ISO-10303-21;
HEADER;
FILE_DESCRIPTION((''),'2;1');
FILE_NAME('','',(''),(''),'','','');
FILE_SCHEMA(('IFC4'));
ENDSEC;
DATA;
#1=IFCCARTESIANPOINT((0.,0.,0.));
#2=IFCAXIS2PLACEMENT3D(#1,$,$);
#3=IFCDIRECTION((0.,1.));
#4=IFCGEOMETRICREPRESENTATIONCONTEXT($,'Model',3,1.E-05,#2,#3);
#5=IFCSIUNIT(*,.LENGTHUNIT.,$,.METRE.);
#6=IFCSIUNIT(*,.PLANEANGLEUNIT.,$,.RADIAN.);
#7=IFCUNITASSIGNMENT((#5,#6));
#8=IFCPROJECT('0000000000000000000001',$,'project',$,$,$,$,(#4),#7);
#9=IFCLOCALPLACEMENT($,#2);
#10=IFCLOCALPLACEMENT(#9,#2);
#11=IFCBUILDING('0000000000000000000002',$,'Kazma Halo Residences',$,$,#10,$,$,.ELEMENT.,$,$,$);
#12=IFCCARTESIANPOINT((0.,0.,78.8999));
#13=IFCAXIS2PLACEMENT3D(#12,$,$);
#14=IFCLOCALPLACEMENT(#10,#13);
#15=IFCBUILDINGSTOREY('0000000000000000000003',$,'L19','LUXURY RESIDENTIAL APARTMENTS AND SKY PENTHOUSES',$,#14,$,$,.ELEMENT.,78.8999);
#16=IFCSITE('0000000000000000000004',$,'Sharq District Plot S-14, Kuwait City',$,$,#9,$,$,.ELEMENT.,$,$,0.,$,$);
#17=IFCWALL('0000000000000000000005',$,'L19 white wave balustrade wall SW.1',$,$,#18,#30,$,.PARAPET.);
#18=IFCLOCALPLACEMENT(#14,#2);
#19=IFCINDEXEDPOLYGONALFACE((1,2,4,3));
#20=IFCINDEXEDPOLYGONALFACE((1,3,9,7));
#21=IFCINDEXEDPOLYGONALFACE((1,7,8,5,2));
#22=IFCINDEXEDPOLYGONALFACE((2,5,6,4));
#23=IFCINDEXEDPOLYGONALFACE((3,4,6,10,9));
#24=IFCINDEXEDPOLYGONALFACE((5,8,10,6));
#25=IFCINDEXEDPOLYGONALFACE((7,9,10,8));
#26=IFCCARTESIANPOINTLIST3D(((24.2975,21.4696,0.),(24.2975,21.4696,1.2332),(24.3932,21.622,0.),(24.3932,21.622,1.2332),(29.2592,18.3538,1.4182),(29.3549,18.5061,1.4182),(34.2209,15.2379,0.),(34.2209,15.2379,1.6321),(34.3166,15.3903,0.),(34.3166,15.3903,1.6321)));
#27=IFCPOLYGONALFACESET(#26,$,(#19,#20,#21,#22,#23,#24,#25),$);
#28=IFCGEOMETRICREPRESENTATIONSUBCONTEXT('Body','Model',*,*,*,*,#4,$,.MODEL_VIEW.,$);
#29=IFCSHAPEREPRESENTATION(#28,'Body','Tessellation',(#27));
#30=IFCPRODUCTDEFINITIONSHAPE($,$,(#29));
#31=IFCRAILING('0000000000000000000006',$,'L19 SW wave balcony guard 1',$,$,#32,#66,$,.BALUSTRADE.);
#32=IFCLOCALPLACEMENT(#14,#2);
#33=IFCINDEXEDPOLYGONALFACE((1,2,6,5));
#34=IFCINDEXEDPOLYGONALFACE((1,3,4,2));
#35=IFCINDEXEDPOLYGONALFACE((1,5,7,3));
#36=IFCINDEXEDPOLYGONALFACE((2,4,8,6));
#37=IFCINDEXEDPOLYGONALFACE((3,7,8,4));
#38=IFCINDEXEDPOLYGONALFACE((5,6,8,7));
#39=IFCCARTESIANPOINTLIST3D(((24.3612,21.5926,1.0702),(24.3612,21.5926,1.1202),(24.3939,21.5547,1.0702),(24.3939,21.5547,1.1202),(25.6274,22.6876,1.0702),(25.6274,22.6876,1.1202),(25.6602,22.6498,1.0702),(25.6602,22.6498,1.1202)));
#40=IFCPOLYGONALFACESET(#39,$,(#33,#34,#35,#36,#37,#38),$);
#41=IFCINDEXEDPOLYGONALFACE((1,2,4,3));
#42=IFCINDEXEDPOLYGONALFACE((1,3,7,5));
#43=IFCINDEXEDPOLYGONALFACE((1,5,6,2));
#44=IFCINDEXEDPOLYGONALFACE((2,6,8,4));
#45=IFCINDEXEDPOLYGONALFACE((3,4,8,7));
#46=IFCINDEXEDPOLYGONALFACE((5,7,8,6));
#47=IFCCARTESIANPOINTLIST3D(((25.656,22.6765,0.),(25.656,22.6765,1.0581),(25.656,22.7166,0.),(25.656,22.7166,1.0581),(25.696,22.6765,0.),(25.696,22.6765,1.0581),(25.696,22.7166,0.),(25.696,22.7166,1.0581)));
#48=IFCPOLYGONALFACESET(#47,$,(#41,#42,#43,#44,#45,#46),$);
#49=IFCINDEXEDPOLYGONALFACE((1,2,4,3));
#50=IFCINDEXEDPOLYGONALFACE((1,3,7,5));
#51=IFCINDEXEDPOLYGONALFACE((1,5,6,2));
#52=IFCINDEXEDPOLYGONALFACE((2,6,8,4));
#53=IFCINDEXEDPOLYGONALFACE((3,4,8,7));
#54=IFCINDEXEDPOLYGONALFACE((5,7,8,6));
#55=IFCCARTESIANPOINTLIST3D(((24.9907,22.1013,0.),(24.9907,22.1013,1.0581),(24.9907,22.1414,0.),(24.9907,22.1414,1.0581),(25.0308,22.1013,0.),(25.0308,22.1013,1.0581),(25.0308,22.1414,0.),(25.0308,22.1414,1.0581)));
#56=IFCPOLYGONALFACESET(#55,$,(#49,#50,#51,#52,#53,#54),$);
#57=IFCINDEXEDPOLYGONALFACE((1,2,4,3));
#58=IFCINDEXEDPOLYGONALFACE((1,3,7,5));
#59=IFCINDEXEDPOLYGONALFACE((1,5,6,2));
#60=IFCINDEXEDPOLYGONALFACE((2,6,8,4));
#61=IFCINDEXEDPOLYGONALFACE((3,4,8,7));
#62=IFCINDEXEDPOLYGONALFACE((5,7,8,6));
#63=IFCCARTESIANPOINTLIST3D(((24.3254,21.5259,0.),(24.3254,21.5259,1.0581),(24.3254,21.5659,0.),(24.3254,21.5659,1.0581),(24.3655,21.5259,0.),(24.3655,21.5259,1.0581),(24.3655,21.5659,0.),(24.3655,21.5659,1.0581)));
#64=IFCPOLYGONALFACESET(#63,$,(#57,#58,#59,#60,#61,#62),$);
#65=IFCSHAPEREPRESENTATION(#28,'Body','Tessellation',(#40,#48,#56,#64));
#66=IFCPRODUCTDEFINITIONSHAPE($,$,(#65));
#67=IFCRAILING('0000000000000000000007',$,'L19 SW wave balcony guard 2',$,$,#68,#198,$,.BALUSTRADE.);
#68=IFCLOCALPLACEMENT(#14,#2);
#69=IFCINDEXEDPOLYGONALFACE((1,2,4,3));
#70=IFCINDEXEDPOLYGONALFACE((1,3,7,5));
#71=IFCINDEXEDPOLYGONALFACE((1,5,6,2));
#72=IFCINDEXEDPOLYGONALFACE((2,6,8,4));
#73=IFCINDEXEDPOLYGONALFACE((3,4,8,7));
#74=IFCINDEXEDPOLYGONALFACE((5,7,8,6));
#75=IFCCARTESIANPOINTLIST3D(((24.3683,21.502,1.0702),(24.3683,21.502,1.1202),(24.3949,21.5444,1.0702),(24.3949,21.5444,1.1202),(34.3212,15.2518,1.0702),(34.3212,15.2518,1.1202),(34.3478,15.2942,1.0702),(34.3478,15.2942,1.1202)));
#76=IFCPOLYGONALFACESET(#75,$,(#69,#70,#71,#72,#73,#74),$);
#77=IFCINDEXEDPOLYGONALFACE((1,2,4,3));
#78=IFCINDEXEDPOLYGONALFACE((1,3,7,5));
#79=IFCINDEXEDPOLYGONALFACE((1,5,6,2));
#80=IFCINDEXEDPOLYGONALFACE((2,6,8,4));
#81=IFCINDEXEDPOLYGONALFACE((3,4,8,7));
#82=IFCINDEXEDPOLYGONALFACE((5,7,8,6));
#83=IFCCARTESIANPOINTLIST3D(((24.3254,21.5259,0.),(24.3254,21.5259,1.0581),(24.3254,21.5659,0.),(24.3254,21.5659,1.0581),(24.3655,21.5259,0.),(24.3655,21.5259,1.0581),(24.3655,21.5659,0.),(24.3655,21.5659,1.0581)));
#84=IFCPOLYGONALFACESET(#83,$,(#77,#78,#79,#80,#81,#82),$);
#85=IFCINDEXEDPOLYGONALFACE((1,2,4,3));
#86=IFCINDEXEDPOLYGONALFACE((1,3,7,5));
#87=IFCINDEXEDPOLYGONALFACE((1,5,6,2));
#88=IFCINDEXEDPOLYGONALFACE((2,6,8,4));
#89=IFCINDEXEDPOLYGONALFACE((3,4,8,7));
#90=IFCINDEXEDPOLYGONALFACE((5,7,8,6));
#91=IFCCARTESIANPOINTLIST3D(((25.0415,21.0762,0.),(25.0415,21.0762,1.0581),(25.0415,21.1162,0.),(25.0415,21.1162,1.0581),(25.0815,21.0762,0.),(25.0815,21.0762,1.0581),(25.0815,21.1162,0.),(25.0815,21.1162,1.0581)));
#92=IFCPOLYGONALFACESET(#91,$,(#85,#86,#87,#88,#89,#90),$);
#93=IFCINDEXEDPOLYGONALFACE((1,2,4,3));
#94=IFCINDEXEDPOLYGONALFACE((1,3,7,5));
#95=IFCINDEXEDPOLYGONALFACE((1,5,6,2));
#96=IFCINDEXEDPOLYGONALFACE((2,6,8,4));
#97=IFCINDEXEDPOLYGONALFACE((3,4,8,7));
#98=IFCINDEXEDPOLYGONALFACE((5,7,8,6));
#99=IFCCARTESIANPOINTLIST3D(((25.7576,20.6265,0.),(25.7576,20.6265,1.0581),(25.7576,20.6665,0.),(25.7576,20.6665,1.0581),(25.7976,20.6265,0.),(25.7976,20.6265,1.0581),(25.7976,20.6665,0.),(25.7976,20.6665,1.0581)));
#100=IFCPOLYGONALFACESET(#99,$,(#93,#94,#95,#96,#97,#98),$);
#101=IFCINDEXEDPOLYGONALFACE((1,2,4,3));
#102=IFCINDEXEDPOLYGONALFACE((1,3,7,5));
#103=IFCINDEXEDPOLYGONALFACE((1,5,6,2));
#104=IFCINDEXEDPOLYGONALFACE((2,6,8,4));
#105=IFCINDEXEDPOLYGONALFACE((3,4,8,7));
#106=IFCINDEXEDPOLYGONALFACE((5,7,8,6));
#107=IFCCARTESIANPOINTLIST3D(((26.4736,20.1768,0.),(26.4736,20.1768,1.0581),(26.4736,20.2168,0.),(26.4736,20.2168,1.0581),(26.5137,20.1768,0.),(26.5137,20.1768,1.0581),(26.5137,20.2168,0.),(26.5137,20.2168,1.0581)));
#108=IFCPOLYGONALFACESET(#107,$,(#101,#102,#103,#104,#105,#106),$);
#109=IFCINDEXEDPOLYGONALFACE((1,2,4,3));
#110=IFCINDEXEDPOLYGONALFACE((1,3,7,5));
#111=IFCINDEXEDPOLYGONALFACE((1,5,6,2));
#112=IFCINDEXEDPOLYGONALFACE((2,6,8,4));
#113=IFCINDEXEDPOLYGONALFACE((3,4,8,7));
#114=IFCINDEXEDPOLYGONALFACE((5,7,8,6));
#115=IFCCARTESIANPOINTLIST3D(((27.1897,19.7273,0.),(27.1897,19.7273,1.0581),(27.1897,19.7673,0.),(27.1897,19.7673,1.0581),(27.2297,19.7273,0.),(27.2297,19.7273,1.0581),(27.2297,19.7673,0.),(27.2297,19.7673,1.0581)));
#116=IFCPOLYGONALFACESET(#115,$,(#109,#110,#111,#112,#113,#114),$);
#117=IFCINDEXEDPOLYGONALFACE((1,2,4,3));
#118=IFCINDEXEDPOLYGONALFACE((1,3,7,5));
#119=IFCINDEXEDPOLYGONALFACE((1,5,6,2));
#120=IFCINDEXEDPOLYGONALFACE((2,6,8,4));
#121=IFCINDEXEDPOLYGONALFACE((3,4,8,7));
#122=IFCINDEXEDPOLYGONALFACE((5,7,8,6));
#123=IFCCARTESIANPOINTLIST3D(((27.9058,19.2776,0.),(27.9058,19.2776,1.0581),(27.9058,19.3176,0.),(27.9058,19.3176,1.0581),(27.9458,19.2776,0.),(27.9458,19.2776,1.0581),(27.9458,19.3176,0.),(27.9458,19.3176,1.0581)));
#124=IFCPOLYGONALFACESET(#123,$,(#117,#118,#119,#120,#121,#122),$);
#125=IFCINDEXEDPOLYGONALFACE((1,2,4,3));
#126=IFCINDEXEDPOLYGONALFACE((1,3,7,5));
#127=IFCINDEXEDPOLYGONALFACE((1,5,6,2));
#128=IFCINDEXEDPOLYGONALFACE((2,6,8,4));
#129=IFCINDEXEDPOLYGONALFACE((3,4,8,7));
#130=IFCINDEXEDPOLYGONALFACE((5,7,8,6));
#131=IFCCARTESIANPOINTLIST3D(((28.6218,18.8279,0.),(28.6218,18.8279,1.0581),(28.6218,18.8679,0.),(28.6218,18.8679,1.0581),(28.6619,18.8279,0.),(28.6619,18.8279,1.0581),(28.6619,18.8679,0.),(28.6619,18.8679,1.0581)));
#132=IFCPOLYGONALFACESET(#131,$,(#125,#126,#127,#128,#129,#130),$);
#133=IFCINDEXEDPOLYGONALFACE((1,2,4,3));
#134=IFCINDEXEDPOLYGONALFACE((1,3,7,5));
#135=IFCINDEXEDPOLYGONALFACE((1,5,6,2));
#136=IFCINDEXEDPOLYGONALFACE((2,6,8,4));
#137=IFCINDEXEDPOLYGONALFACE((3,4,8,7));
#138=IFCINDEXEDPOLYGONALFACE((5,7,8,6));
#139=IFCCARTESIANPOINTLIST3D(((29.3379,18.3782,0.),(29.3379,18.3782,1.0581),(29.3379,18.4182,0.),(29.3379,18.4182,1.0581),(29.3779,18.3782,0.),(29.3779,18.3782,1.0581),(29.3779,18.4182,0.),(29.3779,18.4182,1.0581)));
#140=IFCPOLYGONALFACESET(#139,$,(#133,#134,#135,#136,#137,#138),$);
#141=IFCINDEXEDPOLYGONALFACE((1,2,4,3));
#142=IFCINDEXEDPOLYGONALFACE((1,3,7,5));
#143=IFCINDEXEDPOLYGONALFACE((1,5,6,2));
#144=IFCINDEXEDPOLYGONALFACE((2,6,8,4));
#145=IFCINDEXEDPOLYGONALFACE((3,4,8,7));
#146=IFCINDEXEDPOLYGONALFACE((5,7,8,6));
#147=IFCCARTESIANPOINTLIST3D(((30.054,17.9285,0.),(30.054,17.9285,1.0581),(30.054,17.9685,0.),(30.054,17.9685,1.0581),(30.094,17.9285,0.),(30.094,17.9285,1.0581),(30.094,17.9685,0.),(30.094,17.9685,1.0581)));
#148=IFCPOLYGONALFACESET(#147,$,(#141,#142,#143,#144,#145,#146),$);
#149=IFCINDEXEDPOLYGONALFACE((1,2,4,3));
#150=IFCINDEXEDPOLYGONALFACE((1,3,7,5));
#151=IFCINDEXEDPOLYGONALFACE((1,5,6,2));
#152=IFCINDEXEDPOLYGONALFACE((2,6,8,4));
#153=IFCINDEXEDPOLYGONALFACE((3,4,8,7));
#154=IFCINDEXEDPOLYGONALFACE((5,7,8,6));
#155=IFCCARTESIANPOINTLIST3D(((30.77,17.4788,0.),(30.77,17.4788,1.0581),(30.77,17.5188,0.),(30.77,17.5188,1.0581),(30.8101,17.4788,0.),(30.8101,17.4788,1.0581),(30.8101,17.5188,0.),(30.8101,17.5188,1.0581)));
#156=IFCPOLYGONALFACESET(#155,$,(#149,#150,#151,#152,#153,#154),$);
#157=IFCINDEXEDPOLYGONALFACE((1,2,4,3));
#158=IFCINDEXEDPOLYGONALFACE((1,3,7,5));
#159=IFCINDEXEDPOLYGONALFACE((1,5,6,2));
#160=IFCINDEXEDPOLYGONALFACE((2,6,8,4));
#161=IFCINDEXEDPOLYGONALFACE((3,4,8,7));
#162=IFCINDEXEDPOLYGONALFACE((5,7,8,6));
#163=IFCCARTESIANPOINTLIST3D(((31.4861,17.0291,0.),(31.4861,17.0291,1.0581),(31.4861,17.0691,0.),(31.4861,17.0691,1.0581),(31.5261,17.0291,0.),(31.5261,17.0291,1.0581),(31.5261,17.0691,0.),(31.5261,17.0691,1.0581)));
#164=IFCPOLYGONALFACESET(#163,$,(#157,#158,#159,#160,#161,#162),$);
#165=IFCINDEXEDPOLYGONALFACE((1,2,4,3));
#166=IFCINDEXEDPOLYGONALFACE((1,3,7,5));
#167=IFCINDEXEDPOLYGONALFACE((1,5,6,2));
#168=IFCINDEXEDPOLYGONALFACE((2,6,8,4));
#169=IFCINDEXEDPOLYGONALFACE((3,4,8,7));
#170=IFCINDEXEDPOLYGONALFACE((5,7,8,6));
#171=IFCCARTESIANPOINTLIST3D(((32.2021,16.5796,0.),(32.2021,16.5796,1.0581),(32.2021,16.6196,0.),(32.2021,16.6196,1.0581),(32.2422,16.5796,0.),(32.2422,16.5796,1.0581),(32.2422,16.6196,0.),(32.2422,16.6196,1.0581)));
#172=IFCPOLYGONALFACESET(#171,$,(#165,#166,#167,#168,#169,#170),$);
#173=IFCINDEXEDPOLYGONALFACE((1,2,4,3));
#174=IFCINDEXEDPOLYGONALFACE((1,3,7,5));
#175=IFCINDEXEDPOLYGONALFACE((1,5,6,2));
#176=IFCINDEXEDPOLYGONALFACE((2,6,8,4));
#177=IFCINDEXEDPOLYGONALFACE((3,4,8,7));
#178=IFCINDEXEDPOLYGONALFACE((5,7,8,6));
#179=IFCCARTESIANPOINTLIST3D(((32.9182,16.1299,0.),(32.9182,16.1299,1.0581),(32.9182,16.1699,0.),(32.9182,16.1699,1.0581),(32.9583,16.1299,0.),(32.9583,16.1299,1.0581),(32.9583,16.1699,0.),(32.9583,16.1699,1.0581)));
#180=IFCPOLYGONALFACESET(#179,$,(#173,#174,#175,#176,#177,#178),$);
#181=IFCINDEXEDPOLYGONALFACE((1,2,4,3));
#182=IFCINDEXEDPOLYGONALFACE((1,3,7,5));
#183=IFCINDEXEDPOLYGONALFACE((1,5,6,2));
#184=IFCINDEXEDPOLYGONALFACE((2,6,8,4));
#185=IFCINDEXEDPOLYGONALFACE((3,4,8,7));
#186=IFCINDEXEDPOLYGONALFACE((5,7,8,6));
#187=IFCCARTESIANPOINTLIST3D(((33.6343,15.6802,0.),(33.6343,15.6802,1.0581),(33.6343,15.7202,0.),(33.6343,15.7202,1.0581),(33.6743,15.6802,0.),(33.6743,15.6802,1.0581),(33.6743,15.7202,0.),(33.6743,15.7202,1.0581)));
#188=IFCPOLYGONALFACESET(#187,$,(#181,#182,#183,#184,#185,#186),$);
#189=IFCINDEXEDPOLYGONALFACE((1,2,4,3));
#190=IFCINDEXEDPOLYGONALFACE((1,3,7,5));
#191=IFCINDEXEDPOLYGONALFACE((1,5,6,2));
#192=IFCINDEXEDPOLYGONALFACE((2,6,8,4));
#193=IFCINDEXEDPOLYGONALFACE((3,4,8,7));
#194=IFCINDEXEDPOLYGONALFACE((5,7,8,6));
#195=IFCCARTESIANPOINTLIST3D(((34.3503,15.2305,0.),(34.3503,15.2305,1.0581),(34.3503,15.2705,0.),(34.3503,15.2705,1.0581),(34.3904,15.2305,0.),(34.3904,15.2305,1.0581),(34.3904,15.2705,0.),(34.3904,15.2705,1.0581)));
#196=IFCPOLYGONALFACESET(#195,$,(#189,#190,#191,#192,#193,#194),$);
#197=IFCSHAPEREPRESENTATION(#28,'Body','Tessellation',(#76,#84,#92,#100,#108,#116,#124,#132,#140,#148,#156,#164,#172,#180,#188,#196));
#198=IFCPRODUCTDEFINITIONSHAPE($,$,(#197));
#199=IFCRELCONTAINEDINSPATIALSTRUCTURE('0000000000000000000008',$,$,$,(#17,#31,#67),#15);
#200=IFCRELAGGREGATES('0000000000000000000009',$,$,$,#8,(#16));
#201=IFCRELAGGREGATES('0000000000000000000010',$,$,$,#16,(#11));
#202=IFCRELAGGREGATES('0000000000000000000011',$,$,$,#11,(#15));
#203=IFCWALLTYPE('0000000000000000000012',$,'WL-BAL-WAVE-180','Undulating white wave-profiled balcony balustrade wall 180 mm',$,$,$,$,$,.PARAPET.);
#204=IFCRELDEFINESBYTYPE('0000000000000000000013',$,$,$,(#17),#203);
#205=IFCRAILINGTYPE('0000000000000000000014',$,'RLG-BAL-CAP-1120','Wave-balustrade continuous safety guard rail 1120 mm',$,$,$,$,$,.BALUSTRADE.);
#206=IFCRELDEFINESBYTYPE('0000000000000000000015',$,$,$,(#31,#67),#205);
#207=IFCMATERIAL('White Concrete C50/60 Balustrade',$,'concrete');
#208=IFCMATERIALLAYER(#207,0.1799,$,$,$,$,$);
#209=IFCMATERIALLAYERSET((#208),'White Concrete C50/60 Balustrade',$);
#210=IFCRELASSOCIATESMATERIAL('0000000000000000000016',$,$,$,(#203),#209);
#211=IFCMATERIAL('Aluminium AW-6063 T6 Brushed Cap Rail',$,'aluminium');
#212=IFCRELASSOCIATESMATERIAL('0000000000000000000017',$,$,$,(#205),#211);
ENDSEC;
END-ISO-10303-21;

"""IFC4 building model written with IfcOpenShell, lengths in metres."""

from ifc_helpers import new_model, si_unit, direction, frame, origin, origin_2d, place, context, subcontext, project, spatial, polyline, rectangle, outline, extrude, material, layer, layer_set, type_object, element, save


model = new_model("IFC4")

# Units and contexts
model_context = context("Model", 3, precision=1e-05, world=origin(), true_north=direction((0.0, 1.0)))
body_context = subcontext(model_context, "Body", "Model", "MODEL_VIEW")
ifc_project = project(units=[si_unit("LENGTHUNIT", "METRE"), si_unit("PLANEANGLEUNIT", "RADIAN")], contexts=[model_context])

# Site, building, storey
site_placement = place(None, origin())
site = spatial("IfcSite", under=ifc_project, at=site_placement, Name="Sharq District Plot S-14, Kuwait City", CompositionType="ELEMENT", RefElevation=0.0)
building_placement = place(site_placement, origin())
building = spatial("IfcBuilding", under=site, at=building_placement, Name="Kazma Halo Residences", CompositionType="ELEMENT")
storey_placement = place(building_placement, frame((0.0, 0.0, 78.8999)))
storey = spatial("IfcBuildingStorey", under=building, at=storey_placement, Name="L19", Description="LUXURY RESIDENTIAL APARTMENTS AND SKY PENTHOUSES", CompositionType="ELEMENT", Elevation=78.8999)

# Wall
ifc_material_1 = material(Name="White Concrete C50/60 Balustrade", Category="concrete")
ifc_layer_1 = layer(ifc_material_1, 0.1799)
ifc_layer_set_1 = layer_set([ifc_layer_1], Name="White Concrete C50/60 Balustrade")
wall_type_1 = type_object("IfcWallType", Name="WL-BAL-WAVE-180", Description="Undulating white wave-profiled balcony balustrade wall 180 mm", PredefinedType="PARAPET", material=ifc_layer_set_1)
wall_1_placement = place(storey_placement, frame((24.3455, 21.5459, 0.0), z_axis=(0.0, 0.0, 1.0), x_axis=(0.846861, -0.531814, 0.0)))
element("IfcWall", 1, at=wall_1_placement, inside=storey, type_object=wall_type_1, Name="L19 white wave balustrade wall SW.1", PredefinedType="PARAPET", context=body_context, shape_type="SweptSolid", body=[
    extrude(outline(polyline([(0.0, 0.0), (11.7178, 0.0), (11.7178, 1.6321), (5.8589, 1.4182), (0.0, 1.2332), (0.0, 0.0)])), frame((0.0, 0.0898, 0.0), z_axis=(0.0, -1.0, 0.0), x_axis=(1.0, 0.0, 0.0)), (0.0, 0.0, 1.0), 0.1799),
])

# Railings
ifc_material_2 = material(Name="Aluminium AW-6063 T6 Brushed Cap Rail", Category="aluminium")
railing_type = type_object("IfcRailingType", Name="RLG-BAL-CAP-1120", Description="Wave-balustrade continuous safety guard rail 1120 mm", PredefinedType="BALUSTRADE", material=ifc_material_2)
railing_1_placement = place(storey_placement, frame((25.676, 22.6965, 0.0)))
element("IfcRailing", 2, at=railing_1_placement, inside=storey, type_object=railing_type, Name="L19 SW wave balcony guard 1", PredefinedType="BALUSTRADE", context=body_context, shape_type="SweptSolid", body=[
    extrude(rectangle(XDim=0.05, YDim=0.05, at=origin_2d()), frame((-0.0322, -0.0278, 1.0952), z_axis=(-0.756398, -0.654111, 0.0), x_axis=(0.654111, -0.756398, 0.0)), (0.0, 0.0, 1.0), 1.6741),
    extrude(rectangle(XDim=0.04, YDim=0.04, at=origin_2d()), origin(), (0.0, 0.0, 1.0), 1.0581),
    extrude(rectangle(XDim=0.04, YDim=0.04, at=origin_2d()), frame((-0.6653, -0.5752, 0.0)), (0.0, 0.0, 1.0), 1.0581),
    extrude(rectangle(XDim=0.04, YDim=0.04, at=origin_2d()), frame((-1.3306, -1.1506, 0.0)), (0.0, 0.0, 1.0), 1.0581),
])
railing_2_placement = place(storey_placement, frame((24.3455, 21.5459, 0.0)))
element("IfcRailing", 3, at=railing_2_placement, inside=storey, type_object=railing_type, Name="L19 SW wave balcony guard 2", PredefinedType="BALUSTRADE", context=body_context, shape_type="SweptSolid", body=[
    extrude(rectangle(XDim=0.05, YDim=0.05, at=origin_2d()), frame((0.0361, -0.0227, 1.0952), z_axis=(0.846863, -0.531811, 0.0), x_axis=(0.531811, 0.846863, 0.0)), (0.0, 0.0, 1.0), 11.7527),
    extrude(rectangle(XDim=0.04, YDim=0.04, at=origin_2d()), origin(), (0.0, 0.0, 1.0), 1.0581),
    extrude(rectangle(XDim=0.04, YDim=0.04, at=origin_2d()), frame((0.7161, -0.4497, 0.0)), (0.0, 0.0, 1.0), 1.0581),
    extrude(rectangle(XDim=0.04, YDim=0.04, at=origin_2d()), frame((1.4321, -0.8994, 0.0)), (0.0, 0.0, 1.0), 1.0581),
    extrude(rectangle(XDim=0.04, YDim=0.04, at=origin_2d()), frame((2.1482, -1.3491, 0.0)), (0.0, 0.0, 1.0), 1.0581),
    extrude(rectangle(XDim=0.04, YDim=0.04, at=origin_2d()), frame((2.8643, -1.7986, 0.0)), (0.0, 0.0, 1.0), 1.0581),
    extrude(rectangle(XDim=0.04, YDim=0.04, at=origin_2d()), frame((3.5803, -2.2483, 0.0)), (0.0, 0.0, 1.0), 1.0581),
    extrude(rectangle(XDim=0.04, YDim=0.04, at=origin_2d()), frame((4.2964, -2.698, 0.0)), (0.0, 0.0, 1.0), 1.0581),
    extrude(rectangle(XDim=0.04, YDim=0.04, at=origin_2d()), frame((5.0125, -3.1477, 0.0)), (0.0, 0.0, 1.0), 1.0581),
    extrude(rectangle(XDim=0.04, YDim=0.04, at=origin_2d()), frame((5.7285, -3.5974, 0.0)), (0.0, 0.0, 1.0), 1.0581),
    extrude(rectangle(XDim=0.04, YDim=0.04, at=origin_2d()), frame((6.4446, -4.0471, 0.0)), (0.0, 0.0, 1.0), 1.0581),
    extrude(rectangle(XDim=0.04, YDim=0.04, at=origin_2d()), frame((7.1606, -4.4968, 0.0)), (0.0, 0.0, 1.0), 1.0581),
    extrude(rectangle(XDim=0.04, YDim=0.04, at=origin_2d()), frame((7.8767, -4.9463, 0.0)), (0.0, 0.0, 1.0), 1.0581),
    extrude(rectangle(XDim=0.04, YDim=0.04, at=origin_2d()), frame((8.5928, -5.396, 0.0)), (0.0, 0.0, 1.0), 1.0581),
    extrude(rectangle(XDim=0.04, YDim=0.04, at=origin_2d()), frame((9.3088, -5.8457, 0.0)), (0.0, 0.0, 1.0), 1.0581),
    extrude(rectangle(XDim=0.04, YDim=0.04, at=origin_2d()), frame((10.0249, -6.2954, 0.0)), (0.0, 0.0, 1.0), 1.0581),
])

save(model, "model.ifc")
